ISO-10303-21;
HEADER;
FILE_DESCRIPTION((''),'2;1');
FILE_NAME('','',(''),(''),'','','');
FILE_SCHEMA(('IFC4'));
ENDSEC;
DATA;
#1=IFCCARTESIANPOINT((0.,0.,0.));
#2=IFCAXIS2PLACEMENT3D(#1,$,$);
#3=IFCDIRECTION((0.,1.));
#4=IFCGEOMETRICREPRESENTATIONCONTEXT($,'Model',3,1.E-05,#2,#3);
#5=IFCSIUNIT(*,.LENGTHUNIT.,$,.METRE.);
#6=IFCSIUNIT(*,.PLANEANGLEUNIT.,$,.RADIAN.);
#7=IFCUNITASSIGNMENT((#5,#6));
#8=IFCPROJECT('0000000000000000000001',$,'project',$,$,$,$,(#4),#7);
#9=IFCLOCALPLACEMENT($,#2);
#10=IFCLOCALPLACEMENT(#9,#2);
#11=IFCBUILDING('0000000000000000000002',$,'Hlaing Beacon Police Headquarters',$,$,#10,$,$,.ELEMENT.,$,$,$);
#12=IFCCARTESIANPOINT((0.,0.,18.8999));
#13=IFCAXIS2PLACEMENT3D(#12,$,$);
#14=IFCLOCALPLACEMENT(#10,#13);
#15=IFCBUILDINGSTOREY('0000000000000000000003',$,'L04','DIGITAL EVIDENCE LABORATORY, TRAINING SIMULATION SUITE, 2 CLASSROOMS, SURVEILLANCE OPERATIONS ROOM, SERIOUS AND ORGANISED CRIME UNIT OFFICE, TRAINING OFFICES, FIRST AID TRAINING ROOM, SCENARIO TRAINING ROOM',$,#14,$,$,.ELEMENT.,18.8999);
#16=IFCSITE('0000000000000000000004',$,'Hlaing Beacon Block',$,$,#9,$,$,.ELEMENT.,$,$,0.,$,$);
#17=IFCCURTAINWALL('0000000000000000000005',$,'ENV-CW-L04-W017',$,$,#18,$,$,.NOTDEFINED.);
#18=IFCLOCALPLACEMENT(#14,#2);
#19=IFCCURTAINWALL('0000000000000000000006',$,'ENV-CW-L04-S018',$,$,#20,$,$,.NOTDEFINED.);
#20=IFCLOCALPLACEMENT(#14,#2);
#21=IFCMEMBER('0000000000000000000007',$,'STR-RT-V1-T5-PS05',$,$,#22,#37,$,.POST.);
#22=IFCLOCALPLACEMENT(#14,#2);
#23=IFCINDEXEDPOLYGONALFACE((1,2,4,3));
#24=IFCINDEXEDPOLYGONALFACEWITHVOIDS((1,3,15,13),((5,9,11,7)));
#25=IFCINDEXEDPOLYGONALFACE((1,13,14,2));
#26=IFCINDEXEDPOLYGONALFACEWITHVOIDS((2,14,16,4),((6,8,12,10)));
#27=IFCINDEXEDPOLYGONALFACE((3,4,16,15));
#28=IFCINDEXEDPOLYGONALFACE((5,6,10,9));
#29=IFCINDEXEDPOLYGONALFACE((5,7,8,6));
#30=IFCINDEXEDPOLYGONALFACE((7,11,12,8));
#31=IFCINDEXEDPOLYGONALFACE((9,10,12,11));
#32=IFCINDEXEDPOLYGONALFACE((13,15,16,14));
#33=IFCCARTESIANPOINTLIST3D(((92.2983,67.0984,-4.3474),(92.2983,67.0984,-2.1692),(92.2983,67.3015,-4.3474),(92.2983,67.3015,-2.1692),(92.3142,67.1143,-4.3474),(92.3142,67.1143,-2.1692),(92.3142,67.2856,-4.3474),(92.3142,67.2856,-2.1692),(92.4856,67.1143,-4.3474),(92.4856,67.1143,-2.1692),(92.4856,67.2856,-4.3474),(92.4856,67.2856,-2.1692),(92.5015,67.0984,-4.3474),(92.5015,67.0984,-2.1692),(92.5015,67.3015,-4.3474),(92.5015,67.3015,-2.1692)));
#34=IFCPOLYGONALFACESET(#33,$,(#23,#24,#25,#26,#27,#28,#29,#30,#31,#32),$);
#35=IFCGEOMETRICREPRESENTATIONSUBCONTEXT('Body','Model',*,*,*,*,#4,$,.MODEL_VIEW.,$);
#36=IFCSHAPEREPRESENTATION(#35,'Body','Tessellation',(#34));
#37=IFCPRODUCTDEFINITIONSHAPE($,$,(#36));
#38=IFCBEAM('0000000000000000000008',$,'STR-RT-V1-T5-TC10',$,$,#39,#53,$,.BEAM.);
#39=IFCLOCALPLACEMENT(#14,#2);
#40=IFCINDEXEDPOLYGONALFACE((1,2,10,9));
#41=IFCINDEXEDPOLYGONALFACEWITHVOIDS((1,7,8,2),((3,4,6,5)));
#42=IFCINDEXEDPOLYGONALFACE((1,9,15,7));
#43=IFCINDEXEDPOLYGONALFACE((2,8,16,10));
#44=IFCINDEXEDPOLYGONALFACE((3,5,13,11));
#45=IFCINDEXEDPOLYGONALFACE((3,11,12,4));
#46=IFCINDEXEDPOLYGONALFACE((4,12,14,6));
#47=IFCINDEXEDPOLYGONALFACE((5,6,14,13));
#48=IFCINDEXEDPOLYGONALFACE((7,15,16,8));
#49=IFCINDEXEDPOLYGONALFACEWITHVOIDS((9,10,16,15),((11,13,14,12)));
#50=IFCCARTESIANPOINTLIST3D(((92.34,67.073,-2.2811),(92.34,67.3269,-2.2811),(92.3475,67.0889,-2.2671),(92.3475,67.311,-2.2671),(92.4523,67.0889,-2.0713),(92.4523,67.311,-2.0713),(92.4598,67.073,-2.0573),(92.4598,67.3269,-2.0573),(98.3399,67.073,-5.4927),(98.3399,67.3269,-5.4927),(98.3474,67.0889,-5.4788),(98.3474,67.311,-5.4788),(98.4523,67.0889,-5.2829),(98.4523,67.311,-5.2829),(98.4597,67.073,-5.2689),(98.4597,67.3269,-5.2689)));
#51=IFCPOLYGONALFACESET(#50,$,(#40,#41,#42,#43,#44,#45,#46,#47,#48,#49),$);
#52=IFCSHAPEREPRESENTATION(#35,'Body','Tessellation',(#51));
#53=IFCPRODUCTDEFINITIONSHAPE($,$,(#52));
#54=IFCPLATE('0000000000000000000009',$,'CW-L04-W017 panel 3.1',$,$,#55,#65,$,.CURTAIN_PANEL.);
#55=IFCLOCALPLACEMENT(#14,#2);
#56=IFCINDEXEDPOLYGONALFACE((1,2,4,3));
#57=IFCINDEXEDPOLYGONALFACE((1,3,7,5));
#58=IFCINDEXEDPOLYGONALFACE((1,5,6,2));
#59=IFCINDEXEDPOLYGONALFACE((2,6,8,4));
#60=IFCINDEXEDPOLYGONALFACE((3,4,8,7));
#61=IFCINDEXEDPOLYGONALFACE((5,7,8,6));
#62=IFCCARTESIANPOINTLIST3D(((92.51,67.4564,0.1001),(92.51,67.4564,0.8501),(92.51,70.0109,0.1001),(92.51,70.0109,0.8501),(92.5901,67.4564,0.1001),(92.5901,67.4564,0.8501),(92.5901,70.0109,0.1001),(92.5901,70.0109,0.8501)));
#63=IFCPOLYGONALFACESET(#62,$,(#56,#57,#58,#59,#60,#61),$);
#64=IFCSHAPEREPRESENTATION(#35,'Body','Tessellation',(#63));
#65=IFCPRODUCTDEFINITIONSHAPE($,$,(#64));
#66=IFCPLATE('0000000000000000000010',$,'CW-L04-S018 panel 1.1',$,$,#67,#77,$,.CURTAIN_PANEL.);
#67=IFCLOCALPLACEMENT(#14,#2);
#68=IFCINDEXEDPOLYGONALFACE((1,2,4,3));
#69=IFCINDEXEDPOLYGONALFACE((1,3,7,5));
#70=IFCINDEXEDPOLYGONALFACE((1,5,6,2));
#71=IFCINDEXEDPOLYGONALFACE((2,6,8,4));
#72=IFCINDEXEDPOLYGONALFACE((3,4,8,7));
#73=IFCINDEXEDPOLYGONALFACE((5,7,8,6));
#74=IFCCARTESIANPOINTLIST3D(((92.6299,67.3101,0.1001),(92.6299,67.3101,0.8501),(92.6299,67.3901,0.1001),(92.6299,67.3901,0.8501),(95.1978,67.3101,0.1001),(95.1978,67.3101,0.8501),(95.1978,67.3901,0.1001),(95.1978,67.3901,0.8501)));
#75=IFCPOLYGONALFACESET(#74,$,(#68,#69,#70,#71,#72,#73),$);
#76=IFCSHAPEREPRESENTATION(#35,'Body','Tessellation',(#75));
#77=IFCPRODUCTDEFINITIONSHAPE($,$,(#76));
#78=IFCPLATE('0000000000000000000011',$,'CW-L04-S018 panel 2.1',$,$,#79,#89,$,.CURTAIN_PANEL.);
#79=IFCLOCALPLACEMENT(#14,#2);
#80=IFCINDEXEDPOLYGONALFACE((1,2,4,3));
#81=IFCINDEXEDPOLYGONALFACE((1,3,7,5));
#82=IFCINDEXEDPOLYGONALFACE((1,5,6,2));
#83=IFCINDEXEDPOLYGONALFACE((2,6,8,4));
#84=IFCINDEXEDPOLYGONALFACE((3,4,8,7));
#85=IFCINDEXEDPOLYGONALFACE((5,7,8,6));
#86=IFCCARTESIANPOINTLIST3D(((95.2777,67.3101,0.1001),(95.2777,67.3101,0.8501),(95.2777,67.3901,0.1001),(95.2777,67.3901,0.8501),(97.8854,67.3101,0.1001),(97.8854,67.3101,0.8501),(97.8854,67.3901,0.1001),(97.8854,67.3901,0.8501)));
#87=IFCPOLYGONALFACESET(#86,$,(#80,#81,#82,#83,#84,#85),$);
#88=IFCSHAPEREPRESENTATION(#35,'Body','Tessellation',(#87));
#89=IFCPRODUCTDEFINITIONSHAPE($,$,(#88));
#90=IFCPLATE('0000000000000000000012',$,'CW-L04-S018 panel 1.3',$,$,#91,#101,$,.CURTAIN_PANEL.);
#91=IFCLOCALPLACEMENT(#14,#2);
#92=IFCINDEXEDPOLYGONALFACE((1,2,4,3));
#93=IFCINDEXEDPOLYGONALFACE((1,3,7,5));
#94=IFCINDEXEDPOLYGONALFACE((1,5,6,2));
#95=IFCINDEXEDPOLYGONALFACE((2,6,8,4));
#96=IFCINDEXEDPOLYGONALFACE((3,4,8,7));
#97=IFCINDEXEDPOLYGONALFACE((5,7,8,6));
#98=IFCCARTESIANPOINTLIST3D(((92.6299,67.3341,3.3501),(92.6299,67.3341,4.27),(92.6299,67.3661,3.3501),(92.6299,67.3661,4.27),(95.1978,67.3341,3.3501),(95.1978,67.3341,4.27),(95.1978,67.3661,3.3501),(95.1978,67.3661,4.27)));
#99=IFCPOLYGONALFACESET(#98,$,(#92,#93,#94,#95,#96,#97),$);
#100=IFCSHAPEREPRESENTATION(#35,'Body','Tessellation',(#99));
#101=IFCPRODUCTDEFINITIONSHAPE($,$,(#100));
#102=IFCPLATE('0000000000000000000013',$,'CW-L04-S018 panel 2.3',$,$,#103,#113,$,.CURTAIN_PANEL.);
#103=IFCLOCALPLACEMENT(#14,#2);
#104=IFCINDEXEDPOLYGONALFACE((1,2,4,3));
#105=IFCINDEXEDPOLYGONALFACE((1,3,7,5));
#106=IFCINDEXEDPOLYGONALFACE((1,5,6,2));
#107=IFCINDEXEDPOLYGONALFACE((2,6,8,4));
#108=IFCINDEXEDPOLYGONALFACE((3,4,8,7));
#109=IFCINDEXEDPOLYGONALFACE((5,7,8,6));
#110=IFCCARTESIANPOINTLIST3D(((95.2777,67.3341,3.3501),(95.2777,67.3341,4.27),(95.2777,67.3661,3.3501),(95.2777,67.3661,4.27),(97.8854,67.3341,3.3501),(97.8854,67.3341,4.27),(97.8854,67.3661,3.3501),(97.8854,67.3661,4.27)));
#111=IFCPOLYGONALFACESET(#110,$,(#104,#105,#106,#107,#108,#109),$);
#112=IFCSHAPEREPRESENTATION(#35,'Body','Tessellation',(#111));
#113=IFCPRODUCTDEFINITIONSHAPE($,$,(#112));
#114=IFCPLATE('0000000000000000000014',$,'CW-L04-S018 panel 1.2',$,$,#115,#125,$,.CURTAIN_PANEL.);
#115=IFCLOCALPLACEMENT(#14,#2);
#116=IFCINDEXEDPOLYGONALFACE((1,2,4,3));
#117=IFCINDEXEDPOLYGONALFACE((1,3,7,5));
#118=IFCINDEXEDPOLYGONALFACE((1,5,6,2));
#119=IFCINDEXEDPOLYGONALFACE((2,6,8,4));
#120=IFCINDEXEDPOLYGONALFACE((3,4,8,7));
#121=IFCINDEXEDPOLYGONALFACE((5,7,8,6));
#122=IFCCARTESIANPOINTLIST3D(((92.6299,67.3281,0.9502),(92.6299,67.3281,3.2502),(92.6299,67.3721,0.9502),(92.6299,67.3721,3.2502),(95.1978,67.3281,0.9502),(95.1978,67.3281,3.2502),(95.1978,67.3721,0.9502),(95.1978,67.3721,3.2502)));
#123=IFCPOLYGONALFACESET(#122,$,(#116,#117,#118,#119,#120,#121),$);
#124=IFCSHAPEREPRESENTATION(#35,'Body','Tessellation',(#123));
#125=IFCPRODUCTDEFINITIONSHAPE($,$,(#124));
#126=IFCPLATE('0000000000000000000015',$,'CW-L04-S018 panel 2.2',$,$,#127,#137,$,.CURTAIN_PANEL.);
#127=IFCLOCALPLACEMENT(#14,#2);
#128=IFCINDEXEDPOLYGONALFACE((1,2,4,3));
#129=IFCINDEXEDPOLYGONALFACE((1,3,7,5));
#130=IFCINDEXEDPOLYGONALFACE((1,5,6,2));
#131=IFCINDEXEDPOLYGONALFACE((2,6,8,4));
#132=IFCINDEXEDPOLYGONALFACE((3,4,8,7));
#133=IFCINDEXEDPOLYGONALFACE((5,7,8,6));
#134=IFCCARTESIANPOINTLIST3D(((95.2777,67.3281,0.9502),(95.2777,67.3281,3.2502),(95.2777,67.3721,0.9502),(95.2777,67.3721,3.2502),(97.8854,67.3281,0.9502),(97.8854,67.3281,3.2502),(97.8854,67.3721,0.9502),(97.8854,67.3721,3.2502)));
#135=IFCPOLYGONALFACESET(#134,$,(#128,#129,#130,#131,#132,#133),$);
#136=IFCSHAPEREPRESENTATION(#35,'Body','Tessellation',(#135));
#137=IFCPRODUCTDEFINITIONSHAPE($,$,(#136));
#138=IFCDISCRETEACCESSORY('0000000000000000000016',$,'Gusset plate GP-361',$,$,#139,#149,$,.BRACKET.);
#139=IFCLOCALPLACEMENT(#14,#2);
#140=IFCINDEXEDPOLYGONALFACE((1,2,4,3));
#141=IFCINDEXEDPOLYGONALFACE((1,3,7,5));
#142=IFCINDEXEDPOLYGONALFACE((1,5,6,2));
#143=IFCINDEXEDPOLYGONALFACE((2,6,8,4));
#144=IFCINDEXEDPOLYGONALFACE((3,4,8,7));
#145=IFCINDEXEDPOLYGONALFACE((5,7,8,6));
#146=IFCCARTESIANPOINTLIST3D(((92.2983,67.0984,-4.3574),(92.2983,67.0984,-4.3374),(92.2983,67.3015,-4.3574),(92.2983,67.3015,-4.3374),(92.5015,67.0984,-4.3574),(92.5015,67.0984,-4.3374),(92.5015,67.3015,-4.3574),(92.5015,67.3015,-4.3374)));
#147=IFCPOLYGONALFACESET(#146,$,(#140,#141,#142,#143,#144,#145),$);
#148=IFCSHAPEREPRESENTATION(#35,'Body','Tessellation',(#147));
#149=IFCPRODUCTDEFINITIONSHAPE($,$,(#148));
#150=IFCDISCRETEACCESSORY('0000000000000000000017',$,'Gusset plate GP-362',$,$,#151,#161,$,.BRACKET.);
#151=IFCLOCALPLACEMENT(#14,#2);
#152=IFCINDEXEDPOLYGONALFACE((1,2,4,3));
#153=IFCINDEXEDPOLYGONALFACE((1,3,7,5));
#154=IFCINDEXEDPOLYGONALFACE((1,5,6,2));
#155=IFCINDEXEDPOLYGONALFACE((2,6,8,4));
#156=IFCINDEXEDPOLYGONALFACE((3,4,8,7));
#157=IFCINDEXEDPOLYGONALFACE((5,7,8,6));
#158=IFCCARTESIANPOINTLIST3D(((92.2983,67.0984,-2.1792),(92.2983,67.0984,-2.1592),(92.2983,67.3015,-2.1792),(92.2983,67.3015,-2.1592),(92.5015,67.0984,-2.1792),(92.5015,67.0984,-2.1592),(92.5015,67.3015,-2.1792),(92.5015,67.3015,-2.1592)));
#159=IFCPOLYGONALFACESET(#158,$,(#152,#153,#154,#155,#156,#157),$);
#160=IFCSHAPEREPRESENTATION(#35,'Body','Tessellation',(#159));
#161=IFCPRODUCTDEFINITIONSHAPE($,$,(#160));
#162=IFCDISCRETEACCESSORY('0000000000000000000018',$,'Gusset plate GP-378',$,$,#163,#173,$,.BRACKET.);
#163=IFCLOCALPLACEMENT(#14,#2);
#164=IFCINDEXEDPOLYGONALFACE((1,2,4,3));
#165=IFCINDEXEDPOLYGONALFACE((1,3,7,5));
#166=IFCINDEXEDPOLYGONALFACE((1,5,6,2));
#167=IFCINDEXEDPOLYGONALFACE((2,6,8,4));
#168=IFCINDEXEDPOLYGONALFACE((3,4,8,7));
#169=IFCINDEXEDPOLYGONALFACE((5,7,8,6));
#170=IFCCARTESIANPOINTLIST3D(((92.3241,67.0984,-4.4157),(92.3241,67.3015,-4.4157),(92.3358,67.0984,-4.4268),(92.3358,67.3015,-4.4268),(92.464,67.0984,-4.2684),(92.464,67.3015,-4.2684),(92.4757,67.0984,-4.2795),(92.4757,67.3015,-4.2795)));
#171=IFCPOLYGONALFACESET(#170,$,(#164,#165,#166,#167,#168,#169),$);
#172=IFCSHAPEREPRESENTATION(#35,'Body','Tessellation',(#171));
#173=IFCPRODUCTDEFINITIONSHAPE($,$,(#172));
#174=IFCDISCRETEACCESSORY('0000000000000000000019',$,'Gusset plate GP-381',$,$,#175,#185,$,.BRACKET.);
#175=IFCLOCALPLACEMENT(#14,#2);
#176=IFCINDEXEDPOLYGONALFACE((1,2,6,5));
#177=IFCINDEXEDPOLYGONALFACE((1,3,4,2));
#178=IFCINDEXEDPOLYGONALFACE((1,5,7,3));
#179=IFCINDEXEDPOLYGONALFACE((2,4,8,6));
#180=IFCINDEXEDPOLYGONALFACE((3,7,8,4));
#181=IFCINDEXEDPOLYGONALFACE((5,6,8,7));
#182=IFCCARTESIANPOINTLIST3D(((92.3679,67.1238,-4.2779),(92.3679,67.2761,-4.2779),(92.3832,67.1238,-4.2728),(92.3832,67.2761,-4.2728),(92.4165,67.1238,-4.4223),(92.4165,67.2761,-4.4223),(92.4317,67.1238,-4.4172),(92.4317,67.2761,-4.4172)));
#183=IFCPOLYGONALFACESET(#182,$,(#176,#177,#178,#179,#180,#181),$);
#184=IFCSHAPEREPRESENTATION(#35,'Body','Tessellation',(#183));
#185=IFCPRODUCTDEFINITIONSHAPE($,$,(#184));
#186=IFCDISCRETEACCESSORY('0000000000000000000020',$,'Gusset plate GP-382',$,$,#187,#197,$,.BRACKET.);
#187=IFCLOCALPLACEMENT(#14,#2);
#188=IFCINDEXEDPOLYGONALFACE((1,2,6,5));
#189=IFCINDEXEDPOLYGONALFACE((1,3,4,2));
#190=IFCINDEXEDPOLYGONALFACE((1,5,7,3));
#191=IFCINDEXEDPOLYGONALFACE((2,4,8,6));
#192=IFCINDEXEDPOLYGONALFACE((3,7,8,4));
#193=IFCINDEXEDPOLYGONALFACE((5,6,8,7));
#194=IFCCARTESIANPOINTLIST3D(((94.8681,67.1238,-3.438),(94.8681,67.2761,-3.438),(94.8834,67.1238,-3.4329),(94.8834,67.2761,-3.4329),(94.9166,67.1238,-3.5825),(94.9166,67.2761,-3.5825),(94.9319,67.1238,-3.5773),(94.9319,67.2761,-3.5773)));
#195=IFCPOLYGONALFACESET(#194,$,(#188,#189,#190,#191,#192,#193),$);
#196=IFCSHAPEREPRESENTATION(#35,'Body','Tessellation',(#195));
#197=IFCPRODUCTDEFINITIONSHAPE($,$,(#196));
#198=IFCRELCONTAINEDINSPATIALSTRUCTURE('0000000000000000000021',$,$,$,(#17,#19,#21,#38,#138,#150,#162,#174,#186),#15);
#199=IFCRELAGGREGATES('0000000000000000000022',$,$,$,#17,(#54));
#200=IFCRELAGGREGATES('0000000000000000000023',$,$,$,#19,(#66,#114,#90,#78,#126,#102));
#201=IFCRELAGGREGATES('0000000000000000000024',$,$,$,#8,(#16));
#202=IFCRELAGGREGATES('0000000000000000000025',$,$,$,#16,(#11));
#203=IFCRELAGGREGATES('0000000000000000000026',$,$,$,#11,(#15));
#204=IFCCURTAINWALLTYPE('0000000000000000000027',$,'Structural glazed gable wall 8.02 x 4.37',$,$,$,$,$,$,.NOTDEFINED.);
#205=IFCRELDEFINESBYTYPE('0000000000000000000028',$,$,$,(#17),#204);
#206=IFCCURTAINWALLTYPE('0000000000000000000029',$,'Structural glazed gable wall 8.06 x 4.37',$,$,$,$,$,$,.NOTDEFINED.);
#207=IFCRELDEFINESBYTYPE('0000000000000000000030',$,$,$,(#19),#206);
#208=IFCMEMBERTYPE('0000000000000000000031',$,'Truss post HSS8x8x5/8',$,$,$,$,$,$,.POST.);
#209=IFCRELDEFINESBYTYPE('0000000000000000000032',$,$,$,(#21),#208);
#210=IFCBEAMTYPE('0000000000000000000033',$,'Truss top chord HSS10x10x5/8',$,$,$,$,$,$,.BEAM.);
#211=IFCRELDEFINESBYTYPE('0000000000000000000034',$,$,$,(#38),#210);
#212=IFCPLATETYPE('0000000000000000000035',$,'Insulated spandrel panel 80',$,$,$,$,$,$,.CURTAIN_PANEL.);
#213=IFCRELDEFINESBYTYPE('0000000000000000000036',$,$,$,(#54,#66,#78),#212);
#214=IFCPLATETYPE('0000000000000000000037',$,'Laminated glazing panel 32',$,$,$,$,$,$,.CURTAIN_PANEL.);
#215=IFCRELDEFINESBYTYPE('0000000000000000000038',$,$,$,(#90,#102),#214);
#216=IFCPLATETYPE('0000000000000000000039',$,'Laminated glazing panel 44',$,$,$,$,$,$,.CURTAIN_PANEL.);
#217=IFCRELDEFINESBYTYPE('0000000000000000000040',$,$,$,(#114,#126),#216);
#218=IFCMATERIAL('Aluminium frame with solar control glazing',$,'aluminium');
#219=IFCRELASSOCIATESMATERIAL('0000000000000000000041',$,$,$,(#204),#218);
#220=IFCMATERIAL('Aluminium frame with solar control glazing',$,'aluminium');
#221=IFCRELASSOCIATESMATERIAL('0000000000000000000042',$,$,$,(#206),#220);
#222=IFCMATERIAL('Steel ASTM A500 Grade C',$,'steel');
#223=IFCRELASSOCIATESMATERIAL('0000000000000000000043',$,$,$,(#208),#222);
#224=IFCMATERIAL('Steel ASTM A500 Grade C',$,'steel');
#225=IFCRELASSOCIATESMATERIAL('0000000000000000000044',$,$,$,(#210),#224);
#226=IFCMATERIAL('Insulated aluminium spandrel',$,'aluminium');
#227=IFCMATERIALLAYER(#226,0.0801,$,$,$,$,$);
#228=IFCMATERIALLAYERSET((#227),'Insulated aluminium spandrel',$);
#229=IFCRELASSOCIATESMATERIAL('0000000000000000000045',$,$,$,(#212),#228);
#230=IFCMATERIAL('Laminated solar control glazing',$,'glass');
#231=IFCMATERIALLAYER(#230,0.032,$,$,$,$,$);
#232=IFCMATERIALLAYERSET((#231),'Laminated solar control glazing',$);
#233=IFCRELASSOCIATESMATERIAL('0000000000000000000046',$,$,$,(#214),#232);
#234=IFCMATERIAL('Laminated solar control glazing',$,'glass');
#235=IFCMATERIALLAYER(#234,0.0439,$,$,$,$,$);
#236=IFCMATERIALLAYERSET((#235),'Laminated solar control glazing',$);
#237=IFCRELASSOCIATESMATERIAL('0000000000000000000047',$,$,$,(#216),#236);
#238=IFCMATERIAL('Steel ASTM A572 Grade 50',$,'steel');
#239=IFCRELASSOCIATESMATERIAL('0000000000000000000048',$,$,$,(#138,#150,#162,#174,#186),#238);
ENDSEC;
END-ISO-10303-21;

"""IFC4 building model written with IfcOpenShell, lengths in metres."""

from ifc_helpers import new_model, si_unit, direction, frame, origin, origin_2d, place, context, subcontext, project, spatial, rectangle, hollow_rectangle, extrude, material, layer, layer_set, material_profile, profile_set, type_object, element, aggregate, save


model = new_model("IFC4")

# Units and contexts
model_context = context("Model", 3, precision=1e-05, world=origin(), true_north=direction((0.0, 1.0)))
body_context = subcontext(model_context, "Body", "Model", "MODEL_VIEW")
ifc_project = project(units=[si_unit("LENGTHUNIT", "METRE"), si_unit("PLANEANGLEUNIT", "RADIAN")], contexts=[model_context])

# Site, building, storey
site_placement = place(None, origin())
site = spatial("IfcSite", under=ifc_project, at=site_placement, Name="Hlaing Beacon Block", CompositionType="ELEMENT", RefElevation=0.0)
building_placement = place(site_placement, origin())
building = spatial("IfcBuilding", under=site, at=building_placement, Name="Hlaing Beacon Police Headquarters", CompositionType="ELEMENT")
storey_placement = place(building_placement, frame((0.0, 0.0, 18.8999)))
storey = spatial("IfcBuildingStorey", under=building, at=storey_placement, Name="L04", Description="DIGITAL EVIDENCE LABORATORY, TRAINING SIMULATION SUITE, 2 CLASSROOMS, SURVEILLANCE OPERATIONS ROOM, SERIOUS AND ORGANISED CRIME UNIT OFFICE, TRAINING OFFICES, FIRST AID TRAINING ROOM, SCENARIO TRAINING ROOM", CompositionType="ELEMENT", Elevation=18.8999)

# Curtain wall
ifc_material_1 = material(Name="Aluminium frame with solar control glazing", Category="aluminium")
curtain_wall_type_1 = type_object("IfcCurtainWallType", Name="Structural glazed gable wall 8.02 x 4.37", PredefinedType="NOTDEFINED", material=ifc_material_1)
curtain_wall_1_placement = place(storey_placement, origin())
curtain_wall_1 = element("IfcCurtainWall", 1, at=curtain_wall_1_placement, inside=storey, type_object=curtain_wall_type_1, Name="ENV-CW-L04-W017", PredefinedType="NOTDEFINED")

# Curtain wall
ifc_material_2 = material(Name="Aluminium frame with solar control glazing", Category="aluminium")
curtain_wall_type_2 = type_object("IfcCurtainWallType", Name="Structural glazed gable wall 8.06 x 4.37", PredefinedType="NOTDEFINED", material=ifc_material_2)
curtain_wall_2_placement = place(storey_placement, origin())
curtain_wall_2 = element("IfcCurtainWall", 2, at=curtain_wall_2_placement, inside=storey, type_object=curtain_wall_type_2, Name="ENV-CW-L04-S018", PredefinedType="NOTDEFINED")

# Member
ifc_material_3 = material(Name="Steel ASTM A500 Grade C", Category="steel")
ifc_material_profile_1 = material_profile(ifc_material_3, hollow_rectangle(XDim=0.2031, YDim=0.2031, WallThickness=0.0159, at=origin_2d()), Name="HSS8x8x5/8")
ifc_profile_set_1 = profile_set([ifc_material_profile_1], Name="Steel ASTM A500 Grade C")
member_type_1 = type_object("IfcMemberType", Name="Truss post HSS8x8x5/8", PredefinedType="POST", material=ifc_profile_set_1)
member_1_placement = place(storey_placement, frame((92.3999, 67.2, -4.3474), z_axis=(0.0, 0.0, 1.0), x_axis=(1.0, 0.0, 0.0)))
element("IfcMember", 3, at=member_1_placement, inside=storey, type_object=member_type_1, Name="STR-RT-V1-T5-PS05", PredefinedType="POST", context=body_context, shape_type="SweptSolid", body=[
    extrude(hollow_rectangle(XDim=0.2031, YDim=0.2031, WallThickness=0.0159, at=origin_2d()), origin(), (0.0, 0.0, 1.0), 2.1782),
])

# Beam
ifc_material_4 = material(Name="Steel ASTM A500 Grade C", Category="steel")
ifc_material_profile_2 = material_profile(ifc_material_4, hollow_rectangle(XDim=0.2539, YDim=0.2539, WallThickness=0.0159, at=origin_2d()), Name="HSS10x10x5/8")
ifc_profile_set_2 = profile_set([ifc_material_profile_2], Name="Steel ASTM A500 Grade C")
beam_type_1 = type_object("IfcBeamType", Name="Truss top chord HSS10x10x5/8", PredefinedType="BEAM", material=ifc_profile_set_2)
beam_1_placement = place(storey_placement, frame((92.3999, 67.2, -2.1692), z_axis=(0.88164, 0.0, -0.471923), x_axis=(0.0, 1.0, 0.0)))
element("IfcBeam", 4, at=beam_1_placement, inside=storey, type_object=beam_type_1, Name="STR-RT-V1-T5-TC10", PredefinedType="BEAM", context=body_context, shape_type="SweptSolid", body=[
    extrude(hollow_rectangle(XDim=0.2539, YDim=0.2539, WallThickness=0.0159, at=origin_2d()), origin(), (0.0, 0.0, 1.0), 6.8054),
])

# Plates
ifc_material_5 = material(Name="Insulated aluminium spandrel", Category="aluminium")
ifc_layer_1 = layer(ifc_material_5, 0.0801)
ifc_layer_set_1 = layer_set([ifc_layer_1], Name="Insulated aluminium spandrel")
plate_type_1 = type_object("IfcPlateType", Name="Insulated spandrel panel 80", PredefinedType="CURTAIN_PANEL", material=ifc_layer_set_1)
plate_1_placement = place(storey_placement, frame((92.55, 68.7336, 0.1001), z_axis=(0.0, 0.0, 1.0), x_axis=(0.0, -1.0, 0.0)))
plate_1 = element("IfcPlate", 5, at=plate_1_placement, type_object=plate_type_1, Name="CW-L04-W017 panel 3.1", PredefinedType="CURTAIN_PANEL", context=body_context, shape_type="SweptSolid", body=[
    extrude(rectangle(XDim=2.5544, YDim=0.0801, at=origin_2d()), origin(), (0.0, 0.0, 1.0), 0.75),
])
aggregate(curtain_wall_1, [plate_1])
plate_2_placement = place(storey_placement, frame((93.9138, 67.3501, 0.1001), z_axis=(0.0, 0.0, 1.0), x_axis=(1.0, 0.0, 0.0)))
plate_2 = element("IfcPlate", 6, at=plate_2_placement, type_object=plate_type_1, Name="CW-L04-S018 panel 1.1", PredefinedType="CURTAIN_PANEL", context=body_context, shape_type="SweptSolid", body=[
    extrude(rectangle(XDim=2.5679, YDim=0.0801, at=origin_2d()), origin(), (0.0, 0.0, 1.0), 0.75),
])
plate_3_placement = place(storey_placement, frame((96.5815, 67.3501, 0.1001), z_axis=(0.0, 0.0, 1.0), x_axis=(1.0, 0.0, 0.0)))
plate_3 = element("IfcPlate", 7, at=plate_3_placement, type_object=plate_type_1, Name="CW-L04-S018 panel 2.1", PredefinedType="CURTAIN_PANEL", context=body_context, shape_type="SweptSolid", body=[
    extrude(rectangle(XDim=2.6077, YDim=0.0801, at=origin_2d()), origin(), (0.0, 0.0, 1.0), 0.75),
])
ifc_material_6 = material(Name="Laminated solar control glazing", Category="glass")
ifc_layer_2 = layer(ifc_material_6, 0.032)
ifc_layer_set_2 = layer_set([ifc_layer_2], Name="Laminated solar control glazing")
plate_type_2 = type_object("IfcPlateType", Name="Laminated glazing panel 32", PredefinedType="CURTAIN_PANEL", material=ifc_layer_set_2)
plate_4_placement = place(storey_placement, frame((93.9138, 67.3501, 3.3501), z_axis=(0.0, 0.0, 1.0), x_axis=(1.0, 0.0, 0.0)))
plate_4 = element("IfcPlate", 8, at=plate_4_placement, type_object=plate_type_2, Name="CW-L04-S018 panel 1.3", PredefinedType="CURTAIN_PANEL", context=body_context, shape_type="SweptSolid", body=[
    extrude(rectangle(XDim=2.5679, YDim=0.032, at=origin_2d()), origin(), (0.0, 0.0, 1.0), 0.9199),
])
plate_5_placement = place(storey_placement, frame((96.5815, 67.3501, 3.3501), z_axis=(0.0, 0.0, 1.0), x_axis=(1.0, 0.0, 0.0)))
plate_5 = element("IfcPlate", 9, at=plate_5_placement, type_object=plate_type_2, Name="CW-L04-S018 panel 2.3", PredefinedType="CURTAIN_PANEL", context=body_context, shape_type="SweptSolid", body=[
    extrude(rectangle(XDim=2.6077, YDim=0.032, at=origin_2d()), origin(), (0.0, 0.0, 1.0), 0.9199),
])
ifc_material_7 = material(Name="Laminated solar control glazing", Category="glass")
ifc_layer_3 = layer(ifc_material_7, 0.0439)
ifc_layer_set_3 = layer_set([ifc_layer_3], Name="Laminated solar control glazing")
plate_type_3 = type_object("IfcPlateType", Name="Laminated glazing panel 44", PredefinedType="CURTAIN_PANEL", material=ifc_layer_set_3)
plate_6_placement = place(storey_placement, frame((93.9138, 67.3501, 0.9502), z_axis=(0.0, 0.0, 1.0), x_axis=(1.0, 0.0, 0.0)))
plate_6 = element("IfcPlate", 10, at=plate_6_placement, type_object=plate_type_3, Name="CW-L04-S018 panel 1.2", PredefinedType="CURTAIN_PANEL", context=body_context, shape_type="SweptSolid", body=[
    extrude(rectangle(XDim=2.5679, YDim=0.0439, at=origin_2d()), origin(), (0.0, 0.0, 1.0), 2.3),
])
plate_7_placement = place(storey_placement, frame((96.5815, 67.3501, 0.9502), z_axis=(0.0, 0.0, 1.0), x_axis=(1.0, 0.0, 0.0)))
plate_7 = element("IfcPlate", 11, at=plate_7_placement, type_object=plate_type_3, Name="CW-L04-S018 panel 2.2", PredefinedType="CURTAIN_PANEL", context=body_context, shape_type="SweptSolid", body=[
    extrude(rectangle(XDim=2.6077, YDim=0.0439, at=origin_2d()), origin(), (0.0, 0.0, 1.0), 2.3),
])
aggregate(curtain_wall_2, [plate_2, plate_6, plate_4, plate_3, plate_7, plate_5])

# Discrete accessories
ifc_material_8 = material(Name="Steel ASTM A572 Grade 50", Category="steel")
for number, where, z_axis, x_axis, name in (
    (12, (92.3999, 67.2, -4.3374), (0.0, 0.0, -1.0), (1.0, 0.0, 0.0), "Gusset plate GP-361"),
    (13, (92.3999, 67.2, -2.1792), (0.0, 0.0, 1.0), (1.0, 0.0, 0.0), "Gusset plate GP-362"),
):
    element("IfcDiscreteAccessory", number, at=place(storey_placement, frame(where, z_axis=z_axis, x_axis=x_axis)), inside=storey, material=ifc_material_8, Name=name, PredefinedType="BRACKET", context=body_context, shape_type="SweptSolid", body=[
        extrude(rectangle(XDim=0.2031, YDim=0.2031, at=origin_2d()), origin(), (0.0, 0.0, 1.0), 0.02),
    ])
discrete_accessory_1_placement = place(storey_placement, frame((92.394, 67.2, -4.342), z_axis=(0.725017, 0.0, -0.688731), x_axis=(0.0, 1.0, 0.0)))
element("IfcDiscreteAccessory", 14, at=discrete_accessory_1_placement, inside=storey, material=ifc_material_8, Name="Gusset plate GP-378", PredefinedType="BRACKET", context=body_context, shape_type="SweptSolid", body=[
    extrude(rectangle(XDim=0.2031, YDim=0.2031, at=origin_2d()), origin(), (0.0, 0.0, 1.0), 0.0161),
])
for number, where, z_axis, x_axis, name in (
    (15, (92.4075, 67.2, -4.345), (-0.94794, 0.0, -0.318449), (0.0, -1.0, 0.0), "Gusset plate GP-381"),
    (16, (94.8923, 67.2, -3.5103), (0.94794, 0.0, 0.318449), (0.0, 1.0, 0.0), "Gusset plate GP-382"),
):
    element("IfcDiscreteAccessory", number, at=place(storey_placement, frame(where, z_axis=z_axis, x_axis=x_axis)), inside=storey, material=ifc_material_8, Name=name, PredefinedType="BRACKET", context=body_context, shape_type="SweptSolid", body=[
        extrude(rectangle(XDim=0.1523, YDim=0.1523, at=origin_2d()), origin(), (0.0, 0.0, 1.0), 0.0161),
    ])

save(model, "model.ifc")
